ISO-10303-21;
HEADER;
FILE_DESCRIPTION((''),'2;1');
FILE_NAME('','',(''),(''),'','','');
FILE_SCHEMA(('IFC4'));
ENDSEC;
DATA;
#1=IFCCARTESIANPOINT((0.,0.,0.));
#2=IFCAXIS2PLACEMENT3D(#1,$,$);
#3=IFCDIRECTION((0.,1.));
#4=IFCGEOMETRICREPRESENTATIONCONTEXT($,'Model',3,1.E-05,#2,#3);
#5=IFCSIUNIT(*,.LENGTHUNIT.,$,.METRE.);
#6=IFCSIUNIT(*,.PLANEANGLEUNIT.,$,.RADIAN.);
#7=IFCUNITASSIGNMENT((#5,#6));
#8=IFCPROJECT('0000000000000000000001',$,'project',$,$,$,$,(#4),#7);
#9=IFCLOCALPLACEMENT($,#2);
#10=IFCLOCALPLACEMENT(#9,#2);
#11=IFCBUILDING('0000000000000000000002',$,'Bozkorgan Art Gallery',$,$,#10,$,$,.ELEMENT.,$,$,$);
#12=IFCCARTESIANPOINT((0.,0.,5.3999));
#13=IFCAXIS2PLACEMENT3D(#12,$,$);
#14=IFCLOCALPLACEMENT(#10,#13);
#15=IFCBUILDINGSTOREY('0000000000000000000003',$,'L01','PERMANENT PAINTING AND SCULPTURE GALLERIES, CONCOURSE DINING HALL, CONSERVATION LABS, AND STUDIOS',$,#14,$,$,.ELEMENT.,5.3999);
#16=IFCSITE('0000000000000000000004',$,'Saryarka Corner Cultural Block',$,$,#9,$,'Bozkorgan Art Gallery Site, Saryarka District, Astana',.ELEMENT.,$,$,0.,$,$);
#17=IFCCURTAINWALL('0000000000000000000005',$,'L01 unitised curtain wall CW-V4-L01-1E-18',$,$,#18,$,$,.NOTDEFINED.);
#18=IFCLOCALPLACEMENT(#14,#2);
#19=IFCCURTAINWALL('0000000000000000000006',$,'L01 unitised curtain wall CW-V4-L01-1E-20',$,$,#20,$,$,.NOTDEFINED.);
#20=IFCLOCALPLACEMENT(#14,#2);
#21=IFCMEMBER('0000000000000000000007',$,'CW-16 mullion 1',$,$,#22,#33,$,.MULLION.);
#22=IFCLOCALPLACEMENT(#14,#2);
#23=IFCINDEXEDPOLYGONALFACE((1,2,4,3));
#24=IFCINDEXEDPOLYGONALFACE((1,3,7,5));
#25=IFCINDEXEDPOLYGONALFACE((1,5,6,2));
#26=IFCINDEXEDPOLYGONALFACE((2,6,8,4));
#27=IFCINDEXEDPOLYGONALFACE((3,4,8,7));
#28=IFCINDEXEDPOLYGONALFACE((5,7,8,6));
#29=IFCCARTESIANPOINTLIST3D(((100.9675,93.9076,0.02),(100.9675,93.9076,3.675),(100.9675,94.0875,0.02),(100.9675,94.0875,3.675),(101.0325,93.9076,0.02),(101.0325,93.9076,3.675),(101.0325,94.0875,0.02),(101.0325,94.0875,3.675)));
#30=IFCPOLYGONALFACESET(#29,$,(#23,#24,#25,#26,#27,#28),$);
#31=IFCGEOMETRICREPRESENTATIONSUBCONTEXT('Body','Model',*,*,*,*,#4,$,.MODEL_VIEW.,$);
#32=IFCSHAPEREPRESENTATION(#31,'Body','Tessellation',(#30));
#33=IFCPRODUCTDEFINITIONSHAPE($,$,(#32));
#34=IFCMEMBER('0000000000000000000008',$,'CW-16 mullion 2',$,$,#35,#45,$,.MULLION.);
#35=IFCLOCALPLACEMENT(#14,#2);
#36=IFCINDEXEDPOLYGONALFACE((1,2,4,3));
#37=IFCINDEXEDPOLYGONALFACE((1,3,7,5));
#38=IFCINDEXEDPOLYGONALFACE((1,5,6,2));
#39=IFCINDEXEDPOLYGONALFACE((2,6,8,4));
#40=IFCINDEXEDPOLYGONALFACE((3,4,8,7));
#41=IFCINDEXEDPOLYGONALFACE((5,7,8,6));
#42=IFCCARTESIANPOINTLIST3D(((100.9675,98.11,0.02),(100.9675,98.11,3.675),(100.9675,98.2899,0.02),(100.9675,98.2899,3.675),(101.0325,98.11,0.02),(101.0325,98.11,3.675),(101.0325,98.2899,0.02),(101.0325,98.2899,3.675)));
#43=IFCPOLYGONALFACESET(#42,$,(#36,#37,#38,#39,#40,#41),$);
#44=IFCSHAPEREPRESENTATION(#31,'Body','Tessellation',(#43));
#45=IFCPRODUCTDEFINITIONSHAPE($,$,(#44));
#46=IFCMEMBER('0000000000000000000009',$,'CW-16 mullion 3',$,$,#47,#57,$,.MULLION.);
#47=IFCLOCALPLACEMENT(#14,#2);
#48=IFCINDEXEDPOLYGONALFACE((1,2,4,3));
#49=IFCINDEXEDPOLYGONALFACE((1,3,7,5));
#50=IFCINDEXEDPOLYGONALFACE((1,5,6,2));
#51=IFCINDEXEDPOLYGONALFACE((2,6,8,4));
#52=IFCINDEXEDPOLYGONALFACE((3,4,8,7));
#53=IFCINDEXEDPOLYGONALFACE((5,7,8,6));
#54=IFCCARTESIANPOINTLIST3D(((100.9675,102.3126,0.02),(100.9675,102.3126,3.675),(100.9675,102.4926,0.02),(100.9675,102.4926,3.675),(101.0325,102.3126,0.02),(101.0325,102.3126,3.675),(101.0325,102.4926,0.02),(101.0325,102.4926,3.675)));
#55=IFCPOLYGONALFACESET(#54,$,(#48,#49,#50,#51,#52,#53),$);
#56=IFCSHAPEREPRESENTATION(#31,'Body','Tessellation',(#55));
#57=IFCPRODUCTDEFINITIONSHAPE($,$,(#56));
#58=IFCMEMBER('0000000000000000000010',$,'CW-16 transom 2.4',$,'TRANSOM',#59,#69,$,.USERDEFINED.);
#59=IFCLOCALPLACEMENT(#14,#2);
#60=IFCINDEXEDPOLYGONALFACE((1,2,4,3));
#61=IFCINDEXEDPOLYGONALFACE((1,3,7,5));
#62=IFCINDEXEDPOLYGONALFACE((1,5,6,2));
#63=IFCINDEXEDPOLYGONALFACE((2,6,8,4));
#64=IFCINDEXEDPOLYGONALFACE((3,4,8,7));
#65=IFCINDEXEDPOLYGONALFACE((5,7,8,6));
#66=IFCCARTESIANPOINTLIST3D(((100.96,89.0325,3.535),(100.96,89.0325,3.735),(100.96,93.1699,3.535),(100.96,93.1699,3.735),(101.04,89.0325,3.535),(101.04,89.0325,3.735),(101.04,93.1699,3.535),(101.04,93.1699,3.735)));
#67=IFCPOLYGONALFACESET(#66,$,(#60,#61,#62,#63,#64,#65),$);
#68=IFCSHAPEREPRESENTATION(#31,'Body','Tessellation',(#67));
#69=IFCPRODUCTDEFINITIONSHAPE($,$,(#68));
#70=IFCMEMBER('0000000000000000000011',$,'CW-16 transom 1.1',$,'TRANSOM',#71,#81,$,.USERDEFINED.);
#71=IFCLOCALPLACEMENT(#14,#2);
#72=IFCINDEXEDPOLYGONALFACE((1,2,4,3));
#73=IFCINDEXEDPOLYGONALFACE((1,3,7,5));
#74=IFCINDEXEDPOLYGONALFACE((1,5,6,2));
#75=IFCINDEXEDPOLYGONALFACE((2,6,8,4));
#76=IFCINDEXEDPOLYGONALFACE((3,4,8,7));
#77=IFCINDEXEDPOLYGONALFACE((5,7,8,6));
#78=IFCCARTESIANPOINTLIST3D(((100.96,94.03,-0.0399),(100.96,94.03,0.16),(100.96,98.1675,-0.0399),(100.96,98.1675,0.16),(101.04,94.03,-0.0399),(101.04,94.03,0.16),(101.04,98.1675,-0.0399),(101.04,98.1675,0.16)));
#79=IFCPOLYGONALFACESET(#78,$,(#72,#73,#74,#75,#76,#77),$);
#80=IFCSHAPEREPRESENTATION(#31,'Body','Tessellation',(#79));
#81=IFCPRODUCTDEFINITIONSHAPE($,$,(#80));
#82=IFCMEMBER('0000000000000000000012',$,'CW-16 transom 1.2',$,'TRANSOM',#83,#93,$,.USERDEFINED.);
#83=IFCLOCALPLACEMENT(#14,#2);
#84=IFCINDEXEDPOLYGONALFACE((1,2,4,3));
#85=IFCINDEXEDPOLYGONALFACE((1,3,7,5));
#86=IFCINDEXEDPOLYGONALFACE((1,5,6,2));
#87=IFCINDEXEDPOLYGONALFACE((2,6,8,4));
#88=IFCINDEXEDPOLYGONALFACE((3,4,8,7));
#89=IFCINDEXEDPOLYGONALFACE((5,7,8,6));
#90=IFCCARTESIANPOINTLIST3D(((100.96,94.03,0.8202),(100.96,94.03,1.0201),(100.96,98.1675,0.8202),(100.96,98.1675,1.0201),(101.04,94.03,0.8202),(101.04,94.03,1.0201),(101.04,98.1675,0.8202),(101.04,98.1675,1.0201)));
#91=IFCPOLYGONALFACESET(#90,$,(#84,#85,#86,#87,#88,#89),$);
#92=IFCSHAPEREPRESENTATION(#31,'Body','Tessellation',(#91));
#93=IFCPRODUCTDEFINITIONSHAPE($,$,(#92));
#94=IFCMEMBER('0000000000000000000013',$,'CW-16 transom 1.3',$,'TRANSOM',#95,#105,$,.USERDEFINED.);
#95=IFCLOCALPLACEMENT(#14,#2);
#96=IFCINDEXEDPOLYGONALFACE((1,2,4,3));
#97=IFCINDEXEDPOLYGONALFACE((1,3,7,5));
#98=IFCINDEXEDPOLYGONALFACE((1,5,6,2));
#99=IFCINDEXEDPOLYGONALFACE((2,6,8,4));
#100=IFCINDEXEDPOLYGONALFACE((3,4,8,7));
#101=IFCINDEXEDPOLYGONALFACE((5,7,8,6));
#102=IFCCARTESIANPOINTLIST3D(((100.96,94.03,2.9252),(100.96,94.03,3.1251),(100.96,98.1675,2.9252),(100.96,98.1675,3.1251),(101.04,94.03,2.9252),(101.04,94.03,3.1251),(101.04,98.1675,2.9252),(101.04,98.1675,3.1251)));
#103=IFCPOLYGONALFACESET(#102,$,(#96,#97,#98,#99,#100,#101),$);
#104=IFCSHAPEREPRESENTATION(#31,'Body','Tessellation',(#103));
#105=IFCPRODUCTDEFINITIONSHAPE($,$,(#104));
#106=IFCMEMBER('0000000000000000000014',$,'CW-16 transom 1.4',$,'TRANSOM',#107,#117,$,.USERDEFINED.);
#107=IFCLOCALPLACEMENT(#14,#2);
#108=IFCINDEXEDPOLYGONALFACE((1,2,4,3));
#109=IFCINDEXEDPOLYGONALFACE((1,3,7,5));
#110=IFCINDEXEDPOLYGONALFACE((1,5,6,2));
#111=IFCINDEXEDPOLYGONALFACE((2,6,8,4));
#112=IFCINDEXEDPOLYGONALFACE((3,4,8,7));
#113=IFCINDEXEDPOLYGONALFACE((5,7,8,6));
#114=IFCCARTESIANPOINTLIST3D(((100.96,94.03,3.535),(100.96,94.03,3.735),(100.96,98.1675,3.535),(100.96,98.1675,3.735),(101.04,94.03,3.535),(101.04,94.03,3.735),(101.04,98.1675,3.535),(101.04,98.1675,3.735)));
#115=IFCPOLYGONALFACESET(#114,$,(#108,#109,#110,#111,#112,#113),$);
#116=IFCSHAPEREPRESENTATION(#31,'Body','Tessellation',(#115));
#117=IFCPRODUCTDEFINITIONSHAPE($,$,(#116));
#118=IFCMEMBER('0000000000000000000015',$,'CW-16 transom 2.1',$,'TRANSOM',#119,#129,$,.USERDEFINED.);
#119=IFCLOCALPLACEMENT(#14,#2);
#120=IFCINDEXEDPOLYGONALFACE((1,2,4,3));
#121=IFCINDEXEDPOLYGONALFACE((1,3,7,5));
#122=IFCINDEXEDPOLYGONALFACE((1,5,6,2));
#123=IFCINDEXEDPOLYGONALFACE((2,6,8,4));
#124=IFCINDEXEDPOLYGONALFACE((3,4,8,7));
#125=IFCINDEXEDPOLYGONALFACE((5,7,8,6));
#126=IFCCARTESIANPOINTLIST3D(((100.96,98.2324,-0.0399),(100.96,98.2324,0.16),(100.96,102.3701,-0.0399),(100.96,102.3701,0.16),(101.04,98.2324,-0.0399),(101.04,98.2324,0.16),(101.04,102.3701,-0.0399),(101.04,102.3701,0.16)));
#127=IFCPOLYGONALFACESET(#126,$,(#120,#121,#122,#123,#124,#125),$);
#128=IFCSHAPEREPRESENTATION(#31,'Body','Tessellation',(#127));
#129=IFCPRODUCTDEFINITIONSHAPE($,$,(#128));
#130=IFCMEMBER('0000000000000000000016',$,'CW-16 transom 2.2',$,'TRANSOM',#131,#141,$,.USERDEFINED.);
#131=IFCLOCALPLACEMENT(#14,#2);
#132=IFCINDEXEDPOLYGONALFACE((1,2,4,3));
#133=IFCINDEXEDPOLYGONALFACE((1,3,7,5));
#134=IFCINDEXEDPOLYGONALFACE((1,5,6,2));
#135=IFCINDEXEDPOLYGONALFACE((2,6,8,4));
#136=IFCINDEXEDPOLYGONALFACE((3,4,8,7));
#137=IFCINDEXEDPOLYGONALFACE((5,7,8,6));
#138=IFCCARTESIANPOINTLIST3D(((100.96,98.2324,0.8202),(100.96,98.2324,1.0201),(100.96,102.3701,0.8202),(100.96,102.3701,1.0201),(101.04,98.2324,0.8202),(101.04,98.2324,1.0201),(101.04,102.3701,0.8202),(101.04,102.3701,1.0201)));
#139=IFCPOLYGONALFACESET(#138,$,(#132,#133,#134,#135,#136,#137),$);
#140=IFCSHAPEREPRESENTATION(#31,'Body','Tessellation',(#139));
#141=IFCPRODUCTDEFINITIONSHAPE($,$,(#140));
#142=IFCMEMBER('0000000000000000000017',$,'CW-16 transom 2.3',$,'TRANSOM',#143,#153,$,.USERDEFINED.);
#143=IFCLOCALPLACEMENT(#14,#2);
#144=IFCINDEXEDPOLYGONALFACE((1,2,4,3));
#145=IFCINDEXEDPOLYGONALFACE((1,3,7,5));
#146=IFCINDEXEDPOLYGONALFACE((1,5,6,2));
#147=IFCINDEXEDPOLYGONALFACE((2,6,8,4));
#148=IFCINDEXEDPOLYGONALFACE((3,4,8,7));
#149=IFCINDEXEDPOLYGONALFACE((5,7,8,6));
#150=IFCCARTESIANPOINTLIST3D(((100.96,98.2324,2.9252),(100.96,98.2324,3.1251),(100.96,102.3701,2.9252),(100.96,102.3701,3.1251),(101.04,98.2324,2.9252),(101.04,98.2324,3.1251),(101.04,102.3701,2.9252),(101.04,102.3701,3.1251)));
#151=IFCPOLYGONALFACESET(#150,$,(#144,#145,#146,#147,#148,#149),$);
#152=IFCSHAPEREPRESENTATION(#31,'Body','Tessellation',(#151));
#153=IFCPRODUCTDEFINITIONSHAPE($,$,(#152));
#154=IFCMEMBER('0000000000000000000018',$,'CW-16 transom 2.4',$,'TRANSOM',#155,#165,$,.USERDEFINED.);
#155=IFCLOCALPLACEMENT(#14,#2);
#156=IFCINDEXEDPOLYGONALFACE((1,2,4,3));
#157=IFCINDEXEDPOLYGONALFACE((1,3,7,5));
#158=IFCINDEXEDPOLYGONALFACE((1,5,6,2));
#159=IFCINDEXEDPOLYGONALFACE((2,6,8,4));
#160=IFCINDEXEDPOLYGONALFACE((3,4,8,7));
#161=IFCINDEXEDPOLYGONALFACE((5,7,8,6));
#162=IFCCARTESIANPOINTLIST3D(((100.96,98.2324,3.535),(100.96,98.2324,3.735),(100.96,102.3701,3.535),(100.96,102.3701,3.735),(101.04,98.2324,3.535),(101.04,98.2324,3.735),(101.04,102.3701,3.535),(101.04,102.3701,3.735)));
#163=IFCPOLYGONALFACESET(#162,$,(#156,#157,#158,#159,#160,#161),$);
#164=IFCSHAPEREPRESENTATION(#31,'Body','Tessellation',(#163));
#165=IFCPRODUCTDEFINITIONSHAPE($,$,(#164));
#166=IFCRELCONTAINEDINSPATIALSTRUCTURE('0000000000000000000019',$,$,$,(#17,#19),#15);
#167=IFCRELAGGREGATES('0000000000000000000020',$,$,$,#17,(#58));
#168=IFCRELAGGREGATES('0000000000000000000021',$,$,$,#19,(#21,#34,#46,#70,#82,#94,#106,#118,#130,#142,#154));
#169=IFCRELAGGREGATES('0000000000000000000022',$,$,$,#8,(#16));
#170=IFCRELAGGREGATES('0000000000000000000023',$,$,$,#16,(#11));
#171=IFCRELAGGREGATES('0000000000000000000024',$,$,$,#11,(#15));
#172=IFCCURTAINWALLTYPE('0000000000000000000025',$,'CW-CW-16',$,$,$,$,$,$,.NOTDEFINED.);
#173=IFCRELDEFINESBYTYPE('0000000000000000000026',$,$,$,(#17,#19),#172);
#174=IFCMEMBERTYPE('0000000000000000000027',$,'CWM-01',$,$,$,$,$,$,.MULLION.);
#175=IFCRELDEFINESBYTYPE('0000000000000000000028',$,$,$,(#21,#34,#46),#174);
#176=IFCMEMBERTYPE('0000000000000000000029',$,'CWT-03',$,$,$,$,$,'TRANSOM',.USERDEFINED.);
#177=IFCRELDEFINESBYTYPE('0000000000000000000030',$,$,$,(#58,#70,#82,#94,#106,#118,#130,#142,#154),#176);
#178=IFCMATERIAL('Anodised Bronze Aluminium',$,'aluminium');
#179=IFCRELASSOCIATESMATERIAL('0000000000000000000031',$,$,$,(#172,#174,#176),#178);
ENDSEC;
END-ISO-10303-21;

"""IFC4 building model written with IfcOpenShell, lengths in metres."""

from ifc_helpers import new_model, si_unit, direction, frame, origin, origin_2d, place, context, subcontext, project, spatial, rectangle, extrude, material, material_profile, profile_set, type_object, element, aggregate, save


model = new_model("IFC4")

# Units and contexts
model_context = context("Model", 3, precision=1e-05, world=origin(), true_north=direction((0.0, 1.0)))
body_context = subcontext(model_context, "Body", "Model", "MODEL_VIEW")
ifc_project = project(units=[si_unit("LENGTHUNIT", "METRE"), si_unit("PLANEANGLEUNIT", "RADIAN")], contexts=[model_context])

# Site, building, storey
site_placement = place(None, origin())
site = spatial("IfcSite", under=ifc_project, at=site_placement, Name="Saryarka Corner Cultural Block", LongName="Bozkorgan Art Gallery Site, Saryarka District, Astana", CompositionType="ELEMENT", RefElevation=0.0)
building_placement = place(site_placement, origin())
building = spatial("IfcBuilding", under=site, at=building_placement, Name="Bozkorgan Art Gallery", CompositionType="ELEMENT")
storey_placement = place(building_placement, frame((0.0, 0.0, 5.3999)))
storey = spatial("IfcBuildingStorey", under=building, at=storey_placement, Name="L01", Description="PERMANENT PAINTING AND SCULPTURE GALLERIES, CONCOURSE DINING HALL, CONSERVATION LABS, AND STUDIOS", CompositionType="ELEMENT", Elevation=5.3999)

# Curtain wall
ifc_material_1 = material(Name="Anodised Bronze Aluminium", Category="aluminium")
curtain_wall_type = type_object("IfcCurtainWallType", Name="CW-CW-16", PredefinedType="NOTDEFINED", material=ifc_material_1)
curtain_wall_1_placement = place(storey_placement, origin())
curtain_wall_1 = element("IfcCurtainWall", 1, at=curtain_wall_1_placement, inside=storey, type_object=curtain_wall_type, Name="L01 unitised curtain wall CW-V4-L01-1E-18", PredefinedType="NOTDEFINED")
ifc_material_profile_1 = material_profile(ifc_material_1, rectangle(XDim=0.0649, YDim=0.1799, at=origin_2d()), Name="ALU MULLION 65x180")
ifc_profile_set_1 = profile_set([ifc_material_profile_1], Name="Anodised Bronze Aluminium")
member_type_1 = type_object("IfcMemberType", Name="CWM-01", PredefinedType="MULLION", material=ifc_profile_set_1)

# Curtain wall, members
curtain_wall_2_placement = place(storey_placement, origin())
curtain_wall_2 = element("IfcCurtainWall", 2, at=curtain_wall_2_placement, inside=storey, type_object=curtain_wall_type, Name="L01 unitised curtain wall CW-V4-L01-1E-20", PredefinedType="NOTDEFINED")
member_1_placement = place(storey_placement, frame((101.0, 93.9976, 0.02), z_axis=(0.0, 0.0, 1.0), x_axis=(-1.0, 0.0, 0.0)))
member_1 = element("IfcMember", 3, at=member_1_placement, type_object=member_type_1, Name="CW-16 mullion 1", PredefinedType="MULLION", context=body_context, shape_type="SweptSolid", body=[
    extrude(rectangle(XDim=0.0649, YDim=0.1799, at=origin_2d()), origin(), (0.0, 0.0, 1.0), 3.655),
])
member_2_placement = place(storey_placement, frame((101.0, 98.2, 0.02), z_axis=(0.0, 0.0, 1.0), x_axis=(-1.0, 0.0, 0.0)))
member_2 = element("IfcMember", 4, at=member_2_placement, type_object=member_type_1, Name="CW-16 mullion 2", PredefinedType="MULLION", context=body_context, shape_type="SweptSolid", body=[
    extrude(rectangle(XDim=0.0649, YDim=0.1799, at=origin_2d()), origin(), (0.0, 0.0, 1.0), 3.655),
])
member_3_placement = place(storey_placement, frame((101.0, 102.4026, 0.02), z_axis=(0.0, 0.0, 1.0), x_axis=(-1.0, 0.0, 0.0)))
member_3 = element("IfcMember", 5, at=member_3_placement, type_object=member_type_1, Name="CW-16 mullion 3", PredefinedType="MULLION", context=body_context, shape_type="SweptSolid", body=[
    extrude(rectangle(XDim=0.0649, YDim=0.1799, at=origin_2d()), origin(), (0.0, 0.0, 1.0), 3.655),
])

# Members
ifc_material_profile_2 = material_profile(ifc_material_1, rectangle(XDim=0.0801, YDim=0.2, at=origin_2d()), Name="ALU TRANSOM 80x200")
ifc_profile_set_2 = profile_set([ifc_material_profile_2], Name="Anodised Bronze Aluminium")
member_type_2 = type_object("IfcMemberType", Name="CWT-03", ElementType="TRANSOM", PredefinedType="USERDEFINED", material=ifc_profile_set_2)
member_4_placement = place(storey_placement, frame((101.0, 89.0325, 3.635), z_axis=(0.0, 1.0, 0.0), x_axis=(-1.0, 0.0, 0.0)))
member_4 = element("IfcMember", 6, at=member_4_placement, type_object=member_type_2, Name="CW-16 transom 2.4", ObjectType="TRANSOM", PredefinedType="USERDEFINED", context=body_context, shape_type="SweptSolid", body=[
    extrude(rectangle(XDim=0.0801, YDim=0.2, at=origin_2d()), origin(), (0.0, 0.0, 1.0), 4.1375),
])
member_5_placement = place(storey_placement, frame((101.0, 94.03, 0.0601), z_axis=(0.0, 1.0, 0.0), x_axis=(-1.0, 0.0, 0.0)))
member_5 = element("IfcMember", 7, at=member_5_placement, type_object=member_type_2, Name="CW-16 transom 1.1", ObjectType="TRANSOM", PredefinedType="USERDEFINED", context=body_context, shape_type="SweptSolid", body=[
    extrude(rectangle(XDim=0.0801, YDim=0.2, at=origin_2d()), origin(), (0.0, 0.0, 1.0), 4.1375),
])
member_6_placement = place(storey_placement, frame((101.0, 94.03, 0.9202), z_axis=(0.0, 1.0, 0.0), x_axis=(-1.0, 0.0, 0.0)))
member_6 = element("IfcMember", 8, at=member_6_placement, type_object=member_type_2, Name="CW-16 transom 1.2", ObjectType="TRANSOM", PredefinedType="USERDEFINED", context=body_context, shape_type="SweptSolid", body=[
    extrude(rectangle(XDim=0.0801, YDim=0.2, at=origin_2d()), origin(), (0.0, 0.0, 1.0), 4.1375),
])
member_7_placement = place(storey_placement, frame((101.0, 94.03, 3.0251), z_axis=(0.0, 1.0, 0.0), x_axis=(-1.0, 0.0, 0.0)))
member_7 = element("IfcMember", 9, at=member_7_placement, type_object=member_type_2, Name="CW-16 transom 1.3", ObjectType="TRANSOM", PredefinedType="USERDEFINED", context=body_context, shape_type="SweptSolid", body=[
    extrude(rectangle(XDim=0.0801, YDim=0.2, at=origin_2d()), origin(), (0.0, 0.0, 1.0), 4.1375),
])
member_8_placement = place(storey_placement, frame((101.0, 94.03, 3.635), z_axis=(0.0, 1.0, 0.0), x_axis=(-1.0, 0.0, 0.0)))
member_8 = element("IfcMember", 10, at=member_8_placement, type_object=member_type_2, Name="CW-16 transom 1.4", ObjectType="TRANSOM", PredefinedType="USERDEFINED", context=body_context, shape_type="SweptSolid", body=[
    extrude(rectangle(XDim=0.0801, YDim=0.2, at=origin_2d()), origin(), (0.0, 0.0, 1.0), 4.1375),
])
member_9_placement = place(storey_placement, frame((101.0, 98.2324, 0.0601), z_axis=(0.0, 1.0, 0.0), x_axis=(-1.0, 0.0, 0.0)))
member_9 = element("IfcMember", 11, at=member_9_placement, type_object=member_type_2, Name="CW-16 transom 2.1", ObjectType="TRANSOM", PredefinedType="USERDEFINED", context=body_context, shape_type="SweptSolid", body=[
    extrude(rectangle(XDim=0.0801, YDim=0.2, at=origin_2d()), origin(), (0.0, 0.0, 1.0), 4.1377),
])
member_10_placement = place(storey_placement, frame((101.0, 98.2324, 0.9202), z_axis=(0.0, 1.0, 0.0), x_axis=(-1.0, 0.0, 0.0)))
member_10 = element("IfcMember", 12, at=member_10_placement, type_object=member_type_2, Name="CW-16 transom 2.2", ObjectType="TRANSOM", PredefinedType="USERDEFINED", context=body_context, shape_type="SweptSolid", body=[
    extrude(rectangle(XDim=0.0801, YDim=0.2, at=origin_2d()), origin(), (0.0, 0.0, 1.0), 4.1377),
])
member_11_placement = place(storey_placement, frame((101.0, 98.2324, 3.0251), z_axis=(0.0, 1.0, 0.0), x_axis=(-1.0, 0.0, 0.0)))
member_11 = element("IfcMember", 13, at=member_11_placement, type_object=member_type_2, Name="CW-16 transom 2.3", ObjectType="TRANSOM", PredefinedType="USERDEFINED", context=body_context, shape_type="SweptSolid", body=[
    extrude(rectangle(XDim=0.0801, YDim=0.2, at=origin_2d()), origin(), (0.0, 0.0, 1.0), 4.1377),
])
member_12_placement = place(storey_placement, frame((101.0, 98.2324, 3.635), z_axis=(0.0, 1.0, 0.0), x_axis=(-1.0, 0.0, 0.0)))
member_12 = element("IfcMember", 14, at=member_12_placement, type_object=member_type_2, Name="CW-16 transom 2.4", ObjectType="TRANSOM", PredefinedType="USERDEFINED", context=body_context, shape_type="SweptSolid", body=[
    extrude(rectangle(XDim=0.0801, YDim=0.2, at=origin_2d()), origin(), (0.0, 0.0, 1.0), 4.1377),
])

aggregate(curtain_wall_1, [member_4])
aggregate(curtain_wall_2, [member_1, member_2, member_3, member_5, member_6, member_7, member_8, member_9, member_10, member_11, member_12])

save(model, "model.ifc")
